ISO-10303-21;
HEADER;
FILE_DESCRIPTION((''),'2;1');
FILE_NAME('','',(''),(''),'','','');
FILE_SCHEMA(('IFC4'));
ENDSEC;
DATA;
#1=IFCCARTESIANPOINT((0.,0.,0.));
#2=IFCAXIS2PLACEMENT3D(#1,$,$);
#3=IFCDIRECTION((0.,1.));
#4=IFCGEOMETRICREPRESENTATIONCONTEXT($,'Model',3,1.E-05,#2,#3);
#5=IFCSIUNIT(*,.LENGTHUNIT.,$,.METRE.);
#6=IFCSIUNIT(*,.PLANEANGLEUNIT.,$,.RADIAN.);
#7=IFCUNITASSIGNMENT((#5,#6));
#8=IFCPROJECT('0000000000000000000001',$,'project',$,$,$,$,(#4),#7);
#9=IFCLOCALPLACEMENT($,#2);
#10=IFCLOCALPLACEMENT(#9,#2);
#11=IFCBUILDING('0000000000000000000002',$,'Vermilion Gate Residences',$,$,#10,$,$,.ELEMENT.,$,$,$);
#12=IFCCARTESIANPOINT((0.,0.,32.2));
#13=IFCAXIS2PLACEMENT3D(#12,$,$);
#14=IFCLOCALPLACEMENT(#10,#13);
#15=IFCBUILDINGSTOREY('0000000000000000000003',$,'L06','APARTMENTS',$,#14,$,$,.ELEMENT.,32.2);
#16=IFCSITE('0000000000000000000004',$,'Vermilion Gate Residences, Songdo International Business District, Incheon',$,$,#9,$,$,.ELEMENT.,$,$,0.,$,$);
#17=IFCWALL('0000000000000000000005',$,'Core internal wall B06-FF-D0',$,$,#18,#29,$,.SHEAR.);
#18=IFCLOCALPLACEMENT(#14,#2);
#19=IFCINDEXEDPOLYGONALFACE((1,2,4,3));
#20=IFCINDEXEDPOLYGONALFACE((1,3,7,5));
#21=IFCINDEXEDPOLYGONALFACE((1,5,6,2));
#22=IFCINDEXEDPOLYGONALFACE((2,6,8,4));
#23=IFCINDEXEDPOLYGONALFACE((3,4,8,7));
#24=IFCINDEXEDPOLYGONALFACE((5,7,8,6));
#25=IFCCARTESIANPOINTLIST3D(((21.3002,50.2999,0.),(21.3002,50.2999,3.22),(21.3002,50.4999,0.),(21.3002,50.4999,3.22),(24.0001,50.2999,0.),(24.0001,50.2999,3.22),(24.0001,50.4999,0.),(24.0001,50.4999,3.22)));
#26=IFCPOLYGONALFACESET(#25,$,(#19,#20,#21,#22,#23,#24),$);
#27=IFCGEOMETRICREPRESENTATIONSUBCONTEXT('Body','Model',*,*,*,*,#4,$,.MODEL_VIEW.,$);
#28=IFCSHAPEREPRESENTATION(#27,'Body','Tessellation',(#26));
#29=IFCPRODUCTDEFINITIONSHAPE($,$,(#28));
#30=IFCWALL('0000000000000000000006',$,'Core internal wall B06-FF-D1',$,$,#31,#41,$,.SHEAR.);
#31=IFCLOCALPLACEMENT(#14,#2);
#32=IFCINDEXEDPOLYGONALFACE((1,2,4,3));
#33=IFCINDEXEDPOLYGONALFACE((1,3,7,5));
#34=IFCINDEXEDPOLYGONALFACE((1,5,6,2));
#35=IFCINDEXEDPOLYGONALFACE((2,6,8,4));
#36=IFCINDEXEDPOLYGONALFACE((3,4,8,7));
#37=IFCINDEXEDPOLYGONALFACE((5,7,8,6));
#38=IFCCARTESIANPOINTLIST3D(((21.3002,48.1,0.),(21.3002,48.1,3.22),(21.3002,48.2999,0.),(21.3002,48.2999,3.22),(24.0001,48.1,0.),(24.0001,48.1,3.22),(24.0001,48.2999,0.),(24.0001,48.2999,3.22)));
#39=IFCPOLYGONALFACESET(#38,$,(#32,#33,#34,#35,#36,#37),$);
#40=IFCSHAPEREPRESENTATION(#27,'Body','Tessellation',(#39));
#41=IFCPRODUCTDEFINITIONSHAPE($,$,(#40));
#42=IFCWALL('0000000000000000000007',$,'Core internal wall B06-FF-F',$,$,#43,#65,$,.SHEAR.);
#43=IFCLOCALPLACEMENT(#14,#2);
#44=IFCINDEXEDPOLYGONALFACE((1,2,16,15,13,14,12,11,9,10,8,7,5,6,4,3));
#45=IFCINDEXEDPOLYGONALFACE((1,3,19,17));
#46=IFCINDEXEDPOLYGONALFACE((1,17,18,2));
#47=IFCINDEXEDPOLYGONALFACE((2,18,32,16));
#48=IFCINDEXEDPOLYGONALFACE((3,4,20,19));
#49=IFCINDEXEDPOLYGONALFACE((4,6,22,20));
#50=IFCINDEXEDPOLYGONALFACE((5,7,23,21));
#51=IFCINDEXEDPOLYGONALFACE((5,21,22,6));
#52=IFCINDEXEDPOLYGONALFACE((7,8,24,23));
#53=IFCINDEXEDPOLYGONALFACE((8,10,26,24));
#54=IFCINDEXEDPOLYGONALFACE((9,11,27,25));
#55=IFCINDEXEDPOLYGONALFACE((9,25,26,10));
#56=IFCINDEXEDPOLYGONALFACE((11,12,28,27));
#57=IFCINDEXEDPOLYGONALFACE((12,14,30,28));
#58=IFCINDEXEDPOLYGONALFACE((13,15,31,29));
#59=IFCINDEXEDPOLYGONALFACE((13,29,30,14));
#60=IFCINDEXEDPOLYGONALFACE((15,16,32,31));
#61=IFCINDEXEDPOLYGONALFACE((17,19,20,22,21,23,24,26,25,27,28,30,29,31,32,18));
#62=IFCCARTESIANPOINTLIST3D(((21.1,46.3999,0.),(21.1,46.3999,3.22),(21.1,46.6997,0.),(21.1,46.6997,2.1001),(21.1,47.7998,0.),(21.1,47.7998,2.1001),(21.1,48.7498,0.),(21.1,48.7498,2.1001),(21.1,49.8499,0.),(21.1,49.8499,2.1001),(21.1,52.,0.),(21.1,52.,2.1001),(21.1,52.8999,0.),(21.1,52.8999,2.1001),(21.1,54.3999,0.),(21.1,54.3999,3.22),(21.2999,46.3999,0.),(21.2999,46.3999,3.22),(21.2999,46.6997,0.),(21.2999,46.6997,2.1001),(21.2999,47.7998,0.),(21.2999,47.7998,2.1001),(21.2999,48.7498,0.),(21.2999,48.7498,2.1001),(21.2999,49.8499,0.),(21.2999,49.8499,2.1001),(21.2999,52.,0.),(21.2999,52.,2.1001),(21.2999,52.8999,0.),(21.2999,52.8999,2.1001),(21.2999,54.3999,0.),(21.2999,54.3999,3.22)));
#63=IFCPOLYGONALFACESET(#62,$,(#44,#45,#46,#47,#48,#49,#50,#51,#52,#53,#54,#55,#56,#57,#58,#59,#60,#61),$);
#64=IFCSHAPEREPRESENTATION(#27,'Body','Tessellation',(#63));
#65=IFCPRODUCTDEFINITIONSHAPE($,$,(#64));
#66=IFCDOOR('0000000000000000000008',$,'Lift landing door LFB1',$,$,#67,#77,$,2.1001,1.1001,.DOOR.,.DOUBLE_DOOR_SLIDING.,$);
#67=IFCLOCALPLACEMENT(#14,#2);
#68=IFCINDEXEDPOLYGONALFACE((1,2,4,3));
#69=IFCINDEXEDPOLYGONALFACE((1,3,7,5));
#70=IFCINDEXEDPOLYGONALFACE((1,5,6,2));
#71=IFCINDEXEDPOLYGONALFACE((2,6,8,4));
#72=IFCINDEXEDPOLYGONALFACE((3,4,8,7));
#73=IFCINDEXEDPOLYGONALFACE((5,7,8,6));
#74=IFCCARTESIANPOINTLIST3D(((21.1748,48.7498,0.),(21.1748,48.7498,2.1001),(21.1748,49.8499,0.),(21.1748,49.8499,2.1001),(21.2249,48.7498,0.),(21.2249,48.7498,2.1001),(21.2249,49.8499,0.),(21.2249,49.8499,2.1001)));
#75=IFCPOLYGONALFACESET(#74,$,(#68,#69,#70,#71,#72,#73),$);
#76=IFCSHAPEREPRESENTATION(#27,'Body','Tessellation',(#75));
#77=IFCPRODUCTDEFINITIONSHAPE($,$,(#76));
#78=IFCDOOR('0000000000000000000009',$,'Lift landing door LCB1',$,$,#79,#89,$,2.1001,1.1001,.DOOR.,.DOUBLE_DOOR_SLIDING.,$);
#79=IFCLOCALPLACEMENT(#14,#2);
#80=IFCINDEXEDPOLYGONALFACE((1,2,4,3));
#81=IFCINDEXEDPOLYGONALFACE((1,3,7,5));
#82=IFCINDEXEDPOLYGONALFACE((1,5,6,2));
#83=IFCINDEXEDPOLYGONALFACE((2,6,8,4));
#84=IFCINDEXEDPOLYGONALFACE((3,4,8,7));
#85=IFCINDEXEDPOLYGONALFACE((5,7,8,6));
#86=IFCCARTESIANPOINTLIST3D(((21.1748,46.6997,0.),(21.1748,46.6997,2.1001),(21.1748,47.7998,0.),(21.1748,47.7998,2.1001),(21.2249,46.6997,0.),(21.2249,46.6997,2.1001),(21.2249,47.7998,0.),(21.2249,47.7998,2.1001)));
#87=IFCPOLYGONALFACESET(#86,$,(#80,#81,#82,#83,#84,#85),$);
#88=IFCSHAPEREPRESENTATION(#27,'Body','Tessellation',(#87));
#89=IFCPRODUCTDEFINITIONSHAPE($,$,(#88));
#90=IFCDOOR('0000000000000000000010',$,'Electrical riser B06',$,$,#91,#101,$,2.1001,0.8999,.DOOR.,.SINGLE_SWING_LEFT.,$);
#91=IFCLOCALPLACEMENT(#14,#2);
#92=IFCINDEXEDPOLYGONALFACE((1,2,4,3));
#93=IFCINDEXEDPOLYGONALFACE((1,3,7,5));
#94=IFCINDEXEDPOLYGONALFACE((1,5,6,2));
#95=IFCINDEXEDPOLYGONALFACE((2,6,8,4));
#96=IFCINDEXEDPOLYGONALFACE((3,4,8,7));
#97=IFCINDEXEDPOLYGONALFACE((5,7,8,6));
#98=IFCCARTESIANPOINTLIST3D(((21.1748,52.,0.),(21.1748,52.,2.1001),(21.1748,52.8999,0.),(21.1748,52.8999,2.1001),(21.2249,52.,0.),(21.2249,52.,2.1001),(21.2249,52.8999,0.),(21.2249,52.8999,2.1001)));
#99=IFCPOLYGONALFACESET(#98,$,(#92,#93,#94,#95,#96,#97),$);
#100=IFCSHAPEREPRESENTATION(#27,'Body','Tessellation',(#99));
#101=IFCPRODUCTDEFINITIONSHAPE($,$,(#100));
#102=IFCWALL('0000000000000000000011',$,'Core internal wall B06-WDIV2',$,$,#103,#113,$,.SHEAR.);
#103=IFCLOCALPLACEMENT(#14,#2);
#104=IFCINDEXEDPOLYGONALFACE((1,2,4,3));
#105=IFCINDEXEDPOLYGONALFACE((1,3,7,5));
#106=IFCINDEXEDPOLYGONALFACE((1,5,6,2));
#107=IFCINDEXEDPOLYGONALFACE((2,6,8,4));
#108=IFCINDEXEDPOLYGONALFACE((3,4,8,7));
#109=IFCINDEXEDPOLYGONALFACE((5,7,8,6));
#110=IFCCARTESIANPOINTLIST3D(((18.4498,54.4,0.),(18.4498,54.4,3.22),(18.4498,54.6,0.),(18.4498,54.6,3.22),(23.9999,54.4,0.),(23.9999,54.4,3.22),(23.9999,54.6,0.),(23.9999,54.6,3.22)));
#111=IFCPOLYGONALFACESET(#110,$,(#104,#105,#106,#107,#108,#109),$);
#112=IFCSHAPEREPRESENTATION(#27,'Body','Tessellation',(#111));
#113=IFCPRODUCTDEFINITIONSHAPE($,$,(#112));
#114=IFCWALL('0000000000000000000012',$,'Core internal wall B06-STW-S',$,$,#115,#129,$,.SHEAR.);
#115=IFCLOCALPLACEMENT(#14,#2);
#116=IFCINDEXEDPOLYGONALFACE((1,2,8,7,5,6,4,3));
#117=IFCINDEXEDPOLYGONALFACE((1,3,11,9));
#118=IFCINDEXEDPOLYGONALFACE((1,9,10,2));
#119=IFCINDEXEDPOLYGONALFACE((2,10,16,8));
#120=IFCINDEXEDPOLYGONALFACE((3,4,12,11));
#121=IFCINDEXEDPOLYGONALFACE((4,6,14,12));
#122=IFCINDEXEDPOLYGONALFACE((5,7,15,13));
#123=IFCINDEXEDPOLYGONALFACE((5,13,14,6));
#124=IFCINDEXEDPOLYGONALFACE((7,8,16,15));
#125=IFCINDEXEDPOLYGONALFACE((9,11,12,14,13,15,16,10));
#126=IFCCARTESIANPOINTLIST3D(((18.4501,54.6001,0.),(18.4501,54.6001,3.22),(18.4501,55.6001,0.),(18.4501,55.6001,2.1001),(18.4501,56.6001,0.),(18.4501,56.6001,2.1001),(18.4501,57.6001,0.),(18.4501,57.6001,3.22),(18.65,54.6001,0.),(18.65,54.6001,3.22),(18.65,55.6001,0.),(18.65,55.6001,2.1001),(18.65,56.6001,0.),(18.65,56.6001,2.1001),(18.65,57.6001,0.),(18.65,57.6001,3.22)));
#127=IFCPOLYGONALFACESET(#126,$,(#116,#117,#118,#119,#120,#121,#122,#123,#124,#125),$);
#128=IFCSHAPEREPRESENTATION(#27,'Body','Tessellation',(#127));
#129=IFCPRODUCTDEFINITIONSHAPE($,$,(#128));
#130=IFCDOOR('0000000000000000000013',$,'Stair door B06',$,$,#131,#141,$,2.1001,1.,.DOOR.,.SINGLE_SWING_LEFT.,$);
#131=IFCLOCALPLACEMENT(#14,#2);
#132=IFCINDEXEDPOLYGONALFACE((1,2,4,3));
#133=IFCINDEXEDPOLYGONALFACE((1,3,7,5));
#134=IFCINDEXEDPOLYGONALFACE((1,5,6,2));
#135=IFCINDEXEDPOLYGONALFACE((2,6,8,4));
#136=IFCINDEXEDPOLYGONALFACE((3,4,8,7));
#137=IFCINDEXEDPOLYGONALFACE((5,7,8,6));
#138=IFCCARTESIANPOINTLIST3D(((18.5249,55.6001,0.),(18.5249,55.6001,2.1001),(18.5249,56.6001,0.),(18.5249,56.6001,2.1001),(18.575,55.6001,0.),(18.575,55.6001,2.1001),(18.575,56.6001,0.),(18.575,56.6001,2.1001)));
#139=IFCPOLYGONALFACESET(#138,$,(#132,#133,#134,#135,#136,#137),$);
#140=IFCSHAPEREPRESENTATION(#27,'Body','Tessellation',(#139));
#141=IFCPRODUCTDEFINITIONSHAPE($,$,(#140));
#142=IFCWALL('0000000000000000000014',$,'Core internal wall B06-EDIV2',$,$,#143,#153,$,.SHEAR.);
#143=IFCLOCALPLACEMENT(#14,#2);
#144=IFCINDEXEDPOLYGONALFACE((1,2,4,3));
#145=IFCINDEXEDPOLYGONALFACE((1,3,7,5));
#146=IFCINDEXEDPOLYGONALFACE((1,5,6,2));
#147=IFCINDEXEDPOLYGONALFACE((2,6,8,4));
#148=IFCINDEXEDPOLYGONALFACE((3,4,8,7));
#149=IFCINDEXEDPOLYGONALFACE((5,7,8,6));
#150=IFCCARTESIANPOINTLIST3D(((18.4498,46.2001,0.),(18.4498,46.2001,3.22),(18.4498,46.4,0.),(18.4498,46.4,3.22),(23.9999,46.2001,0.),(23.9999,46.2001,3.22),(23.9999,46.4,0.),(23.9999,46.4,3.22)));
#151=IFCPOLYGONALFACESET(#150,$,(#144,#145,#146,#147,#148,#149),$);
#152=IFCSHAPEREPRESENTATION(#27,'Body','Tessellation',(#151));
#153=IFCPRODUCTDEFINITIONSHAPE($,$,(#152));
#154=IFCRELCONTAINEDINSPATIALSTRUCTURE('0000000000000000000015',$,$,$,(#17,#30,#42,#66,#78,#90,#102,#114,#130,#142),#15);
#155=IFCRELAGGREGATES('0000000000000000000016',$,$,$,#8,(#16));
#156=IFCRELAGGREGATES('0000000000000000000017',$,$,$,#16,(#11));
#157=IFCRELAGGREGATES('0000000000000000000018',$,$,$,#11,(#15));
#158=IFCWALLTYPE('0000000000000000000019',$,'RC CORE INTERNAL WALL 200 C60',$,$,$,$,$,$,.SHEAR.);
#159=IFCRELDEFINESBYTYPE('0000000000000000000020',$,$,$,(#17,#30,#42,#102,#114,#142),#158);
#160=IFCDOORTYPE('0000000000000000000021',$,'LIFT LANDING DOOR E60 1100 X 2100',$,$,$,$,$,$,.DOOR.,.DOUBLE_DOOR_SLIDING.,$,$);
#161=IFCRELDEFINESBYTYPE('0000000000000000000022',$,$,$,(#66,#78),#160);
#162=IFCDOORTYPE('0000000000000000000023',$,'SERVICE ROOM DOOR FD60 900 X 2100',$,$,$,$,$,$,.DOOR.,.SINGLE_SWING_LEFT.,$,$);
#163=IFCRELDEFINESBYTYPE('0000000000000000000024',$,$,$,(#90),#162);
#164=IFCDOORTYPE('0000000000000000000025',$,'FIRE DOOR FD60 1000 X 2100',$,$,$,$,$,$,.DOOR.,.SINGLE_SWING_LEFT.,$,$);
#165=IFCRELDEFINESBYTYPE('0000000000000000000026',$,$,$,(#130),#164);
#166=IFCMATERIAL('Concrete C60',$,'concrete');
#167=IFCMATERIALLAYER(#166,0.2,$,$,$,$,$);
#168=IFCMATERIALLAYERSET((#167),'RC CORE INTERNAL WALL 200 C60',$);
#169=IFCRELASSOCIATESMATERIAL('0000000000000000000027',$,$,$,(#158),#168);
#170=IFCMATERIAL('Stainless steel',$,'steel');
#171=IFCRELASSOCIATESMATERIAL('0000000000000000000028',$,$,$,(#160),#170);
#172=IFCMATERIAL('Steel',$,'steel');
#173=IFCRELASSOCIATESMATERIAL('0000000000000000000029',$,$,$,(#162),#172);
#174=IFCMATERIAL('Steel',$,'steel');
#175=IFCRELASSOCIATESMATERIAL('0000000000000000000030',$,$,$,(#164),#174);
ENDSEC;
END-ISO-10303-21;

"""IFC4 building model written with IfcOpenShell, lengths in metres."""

from ifc_helpers import new_model, si_unit, direction, frame, frame_2d, origin, place, context, subcontext, project, spatial, rectangle, extrude, material, layer, layer_set, type_object, element, fill, save


model = new_model("IFC4")

# Units and contexts
model_context = context("Model", 3, precision=1e-05, world=origin(), true_north=direction((0.0, 1.0)))
body_context = subcontext(model_context, "Body", "Model", "MODEL_VIEW")
ifc_project = project(units=[si_unit("LENGTHUNIT", "METRE"), si_unit("PLANEANGLEUNIT", "RADIAN")], contexts=[model_context])

# Site, building, storey
site_placement = place(None, origin())
site = spatial("IfcSite", under=ifc_project, at=site_placement, Name="Vermilion Gate Residences, Songdo International Business District, Incheon", CompositionType="ELEMENT", RefElevation=0.0)
building_placement = place(site_placement, origin())
building = spatial("IfcBuilding", under=site, at=building_placement, Name="Vermilion Gate Residences", CompositionType="ELEMENT")
storey_placement = place(building_placement, frame((0.0, 0.0, 32.2)))
storey = spatial("IfcBuildingStorey", under=building, at=storey_placement, Name="L06", Description="APARTMENTS", CompositionType="ELEMENT", Elevation=32.2)

# Walls
ifc_material_1 = material(Name="Concrete C60", Category="concrete")
ifc_layer_1 = layer(ifc_material_1, 0.2)
ifc_layer_set_1 = layer_set([ifc_layer_1], Name="RC CORE INTERNAL WALL 200 C60")
wall_type_1 = type_object("IfcWallType", Name="RC CORE INTERNAL WALL 200 C60", PredefinedType="SHEAR", material=ifc_layer_set_1)
for number, where, z_axis, x_axis, name in (
    (1, (21.3, 50.3999, 0.0), (0.0, 0.0, 1.0), (1.0, 0.0, 0.0), "Core internal wall B06-FF-D0"),
    (2, (21.3, 48.2, 0.0), (0.0, 0.0, 1.0), (1.0, 0.0, 0.0), "Core internal wall B06-FF-D1"),
):
    element("IfcWall", number, at=place(storey_placement, frame(where, z_axis=z_axis, x_axis=x_axis)), inside=storey, type_object=wall_type_1, Name=name, PredefinedType="SHEAR", context=body_context, shape_type="SweptSolid", body=[
        extrude(rectangle(XDim=2.7, YDim=0.2, at=frame_2d((1.3501, 0.0))), origin(), (0.0, 0.0, 1.0), 3.22),
    ])

# Wall, openings, doors
wall_1_placement = place(storey_placement, frame((21.2, 54.3999, 0.0), z_axis=(0.0, 0.0, 1.0), x_axis=(0.0, -1.0, 0.0)))
wall_1 = element("IfcWall", 3, at=wall_1_placement, inside=storey, type_object=wall_type_1, Name="Core internal wall B06-FF-F", PredefinedType="SHEAR", context=body_context, shape_type="SweptSolid", body=[
    extrude(rectangle(XDim=8.0, YDim=0.2, at=frame_2d((4.0, 0.0))), origin(), (0.0, 0.0, 1.0), 3.22),
])
opening_1_placement = place(wall_1_placement, frame((1.5, 0.0, 0.0)))
opening_1 = element("IfcOpeningElement", 4, at=opening_1_placement, cuts=wall_1, PredefinedType="OPENING", context=body_context, shape_type="SweptSolid", body=[
    extrude(rectangle(XDim=0.8999, YDim=2.1001, at=frame_2d((0.45, 1.05))), frame((0.0, 0.1099, 0.0), z_axis=(0.0, -1.0, 0.0), x_axis=(1.0, 0.0, 0.0)), (0.0, 0.0, 1.0), 0.22),
])
opening_2_placement = place(wall_1_placement, frame((4.55, 0.0, 0.0)))
opening_2 = element("IfcOpeningElement", 5, at=opening_2_placement, cuts=wall_1, PredefinedType="OPENING", context=body_context, shape_type="SweptSolid", body=[
    extrude(rectangle(XDim=1.1001, YDim=2.1001, at=frame_2d((0.55, 1.05))), frame((0.0, 0.1099, 0.0), z_axis=(0.0, -1.0, 0.0), x_axis=(1.0, 0.0, 0.0)), (0.0, 0.0, 1.0), 0.22),
])
opening_3_placement = place(wall_1_placement, frame((6.6001, 0.0, 0.0)))
opening_3 = element("IfcOpeningElement", 6, at=opening_3_placement, cuts=wall_1, PredefinedType="OPENING", context=body_context, shape_type="SweptSolid", body=[
    extrude(rectangle(XDim=1.1001, YDim=2.1001, at=frame_2d((0.55, 1.05))), frame((0.0, 0.1099, 0.0), z_axis=(0.0, -1.0, 0.0), x_axis=(1.0, 0.0, 0.0)), (0.0, 0.0, 1.0), 0.22),
])
ifc_material_2 = material(Name="Stainless steel", Category="steel")
door_type_1 = type_object("IfcDoorType", Name="LIFT LANDING DOOR E60 1100 X 2100", OperationType="DOUBLE_DOOR_SLIDING", PredefinedType="DOOR", material=ifc_material_2)
door_1_placement = place(opening_2_placement, origin())
door_1 = element("IfcDoor", 7, at=door_1_placement, inside=storey, type_object=door_type_1, Name="Lift landing door LFB1", OperationType="DOUBLE_DOOR_SLIDING", OverallHeight=2.1001, OverallWidth=1.1001, PredefinedType="DOOR", context=body_context, shape_type="SweptSolid", body=[
    extrude(rectangle(XDim=1.1001, YDim=2.1001, at=frame_2d((0.55, 1.05))), frame((0.0, 0.0249, 0.0), z_axis=(0.0, -1.0, 0.0), x_axis=(1.0, 0.0, 0.0)), (0.0, 0.0, 1.0), 0.05),
])
fill(opening_2, door_1)
door_2_placement = place(opening_3_placement, origin())
door_2 = element("IfcDoor", 8, at=door_2_placement, inside=storey, type_object=door_type_1, Name="Lift landing door LCB1", OperationType="DOUBLE_DOOR_SLIDING", OverallHeight=2.1001, OverallWidth=1.1001, PredefinedType="DOOR", context=body_context, shape_type="SweptSolid", body=[
    extrude(rectangle(XDim=1.1001, YDim=2.1001, at=frame_2d((0.55, 1.05))), frame((0.0, 0.0249, 0.0), z_axis=(0.0, -1.0, 0.0), x_axis=(1.0, 0.0, 0.0)), (0.0, 0.0, 1.0), 0.05),
])
fill(opening_3, door_2)
ifc_material_3 = material(Name="Steel", Category="steel")
door_type_2 = type_object("IfcDoorType", Name="SERVICE ROOM DOOR FD60 900 X 2100", OperationType="SINGLE_SWING_LEFT", PredefinedType="DOOR", material=ifc_material_3)
door_3_placement = place(opening_1_placement, origin())
door_3 = element("IfcDoor", 9, at=door_3_placement, inside=storey, type_object=door_type_2, Name="Electrical riser B06", OperationType="SINGLE_SWING_LEFT", OverallHeight=2.1001, OverallWidth=0.8999, PredefinedType="DOOR", context=body_context, shape_type="SweptSolid", body=[
    extrude(rectangle(XDim=0.8999, YDim=2.1001, at=frame_2d((0.45, 1.05))), frame((0.0, 0.0249, 0.0), z_axis=(0.0, -1.0, 0.0), x_axis=(1.0, 0.0, 0.0)), (0.0, 0.0, 1.0), 0.05),
])
fill(opening_1, door_3)

# Wall
wall_2_placement = place(storey_placement, frame((18.45, 54.5, 0.0), z_axis=(0.0, 0.0, 1.0), x_axis=(1.0, 0.0, 0.0)))
element("IfcWall", 10, at=wall_2_placement, inside=storey, type_object=wall_type_1, Name="Core internal wall B06-WDIV2", PredefinedType="SHEAR", context=body_context, shape_type="SweptSolid", body=[
    extrude(rectangle(XDim=5.55, YDim=0.2, at=frame_2d((2.7749, 0.0))), origin(), (0.0, 0.0, 1.0), 3.22),
])

# Wall, opening, door
wall_3_placement = place(storey_placement, frame((18.55, 57.6001, 0.0), z_axis=(0.0, 0.0, 1.0), x_axis=(0.0, -1.0, 0.0)))
wall_3 = element("IfcWall", 11, at=wall_3_placement, inside=storey, type_object=wall_type_1, Name="Core internal wall B06-STW-S", PredefinedType="SHEAR", context=body_context, shape_type="SweptSolid", body=[
    extrude(rectangle(XDim=3.0, YDim=0.2, at=frame_2d((1.5, 0.0))), origin(), (0.0, 0.0, 1.0), 3.22),
])
opening_4_placement = place(wall_3_placement, frame((1.0, 0.0, 0.0)))
opening_4 = element("IfcOpeningElement", 12, at=opening_4_placement, cuts=wall_3, PredefinedType="OPENING", context=body_context, shape_type="SweptSolid", body=[
    extrude(rectangle(XDim=1.0, YDim=2.1001, at=frame_2d((0.5, 1.05))), frame((0.0, 0.1099, 0.0), z_axis=(0.0, -1.0, 0.0), x_axis=(1.0, 0.0, 0.0)), (0.0, 0.0, 1.0), 0.22),
])
ifc_material_4 = material(Name="Steel", Category="steel")
door_type_3 = type_object("IfcDoorType", Name="FIRE DOOR FD60 1000 X 2100", OperationType="SINGLE_SWING_LEFT", PredefinedType="DOOR", material=ifc_material_4)
door_4_placement = place(opening_4_placement, origin())
door_4 = element("IfcDoor", 13, at=door_4_placement, inside=storey, type_object=door_type_3, Name="Stair door B06", OperationType="SINGLE_SWING_LEFT", OverallHeight=2.1001, OverallWidth=1.0, PredefinedType="DOOR", context=body_context, shape_type="SweptSolid", body=[
    extrude(rectangle(XDim=1.0, YDim=2.1001, at=frame_2d((0.5, 1.05))), frame((0.0, 0.0249, 0.0), z_axis=(0.0, -1.0, 0.0), x_axis=(1.0, 0.0, 0.0)), (0.0, 0.0, 1.0), 0.05),
])
fill(opening_4, door_4)

# Wall
wall_4_placement = place(storey_placement, frame((18.45, 46.3, 0.0), z_axis=(0.0, 0.0, 1.0), x_axis=(1.0, 0.0, 0.0)))
element("IfcWall", 14, at=wall_4_placement, inside=storey, type_object=wall_type_1, Name="Core internal wall B06-EDIV2", PredefinedType="SHEAR", context=body_context, shape_type="SweptSolid", body=[
    extrude(rectangle(XDim=5.55, YDim=0.2, at=frame_2d((2.7749, 0.0))), origin(), (0.0, 0.0, 1.0), 3.22),
])

save(model, "model.ifc")
